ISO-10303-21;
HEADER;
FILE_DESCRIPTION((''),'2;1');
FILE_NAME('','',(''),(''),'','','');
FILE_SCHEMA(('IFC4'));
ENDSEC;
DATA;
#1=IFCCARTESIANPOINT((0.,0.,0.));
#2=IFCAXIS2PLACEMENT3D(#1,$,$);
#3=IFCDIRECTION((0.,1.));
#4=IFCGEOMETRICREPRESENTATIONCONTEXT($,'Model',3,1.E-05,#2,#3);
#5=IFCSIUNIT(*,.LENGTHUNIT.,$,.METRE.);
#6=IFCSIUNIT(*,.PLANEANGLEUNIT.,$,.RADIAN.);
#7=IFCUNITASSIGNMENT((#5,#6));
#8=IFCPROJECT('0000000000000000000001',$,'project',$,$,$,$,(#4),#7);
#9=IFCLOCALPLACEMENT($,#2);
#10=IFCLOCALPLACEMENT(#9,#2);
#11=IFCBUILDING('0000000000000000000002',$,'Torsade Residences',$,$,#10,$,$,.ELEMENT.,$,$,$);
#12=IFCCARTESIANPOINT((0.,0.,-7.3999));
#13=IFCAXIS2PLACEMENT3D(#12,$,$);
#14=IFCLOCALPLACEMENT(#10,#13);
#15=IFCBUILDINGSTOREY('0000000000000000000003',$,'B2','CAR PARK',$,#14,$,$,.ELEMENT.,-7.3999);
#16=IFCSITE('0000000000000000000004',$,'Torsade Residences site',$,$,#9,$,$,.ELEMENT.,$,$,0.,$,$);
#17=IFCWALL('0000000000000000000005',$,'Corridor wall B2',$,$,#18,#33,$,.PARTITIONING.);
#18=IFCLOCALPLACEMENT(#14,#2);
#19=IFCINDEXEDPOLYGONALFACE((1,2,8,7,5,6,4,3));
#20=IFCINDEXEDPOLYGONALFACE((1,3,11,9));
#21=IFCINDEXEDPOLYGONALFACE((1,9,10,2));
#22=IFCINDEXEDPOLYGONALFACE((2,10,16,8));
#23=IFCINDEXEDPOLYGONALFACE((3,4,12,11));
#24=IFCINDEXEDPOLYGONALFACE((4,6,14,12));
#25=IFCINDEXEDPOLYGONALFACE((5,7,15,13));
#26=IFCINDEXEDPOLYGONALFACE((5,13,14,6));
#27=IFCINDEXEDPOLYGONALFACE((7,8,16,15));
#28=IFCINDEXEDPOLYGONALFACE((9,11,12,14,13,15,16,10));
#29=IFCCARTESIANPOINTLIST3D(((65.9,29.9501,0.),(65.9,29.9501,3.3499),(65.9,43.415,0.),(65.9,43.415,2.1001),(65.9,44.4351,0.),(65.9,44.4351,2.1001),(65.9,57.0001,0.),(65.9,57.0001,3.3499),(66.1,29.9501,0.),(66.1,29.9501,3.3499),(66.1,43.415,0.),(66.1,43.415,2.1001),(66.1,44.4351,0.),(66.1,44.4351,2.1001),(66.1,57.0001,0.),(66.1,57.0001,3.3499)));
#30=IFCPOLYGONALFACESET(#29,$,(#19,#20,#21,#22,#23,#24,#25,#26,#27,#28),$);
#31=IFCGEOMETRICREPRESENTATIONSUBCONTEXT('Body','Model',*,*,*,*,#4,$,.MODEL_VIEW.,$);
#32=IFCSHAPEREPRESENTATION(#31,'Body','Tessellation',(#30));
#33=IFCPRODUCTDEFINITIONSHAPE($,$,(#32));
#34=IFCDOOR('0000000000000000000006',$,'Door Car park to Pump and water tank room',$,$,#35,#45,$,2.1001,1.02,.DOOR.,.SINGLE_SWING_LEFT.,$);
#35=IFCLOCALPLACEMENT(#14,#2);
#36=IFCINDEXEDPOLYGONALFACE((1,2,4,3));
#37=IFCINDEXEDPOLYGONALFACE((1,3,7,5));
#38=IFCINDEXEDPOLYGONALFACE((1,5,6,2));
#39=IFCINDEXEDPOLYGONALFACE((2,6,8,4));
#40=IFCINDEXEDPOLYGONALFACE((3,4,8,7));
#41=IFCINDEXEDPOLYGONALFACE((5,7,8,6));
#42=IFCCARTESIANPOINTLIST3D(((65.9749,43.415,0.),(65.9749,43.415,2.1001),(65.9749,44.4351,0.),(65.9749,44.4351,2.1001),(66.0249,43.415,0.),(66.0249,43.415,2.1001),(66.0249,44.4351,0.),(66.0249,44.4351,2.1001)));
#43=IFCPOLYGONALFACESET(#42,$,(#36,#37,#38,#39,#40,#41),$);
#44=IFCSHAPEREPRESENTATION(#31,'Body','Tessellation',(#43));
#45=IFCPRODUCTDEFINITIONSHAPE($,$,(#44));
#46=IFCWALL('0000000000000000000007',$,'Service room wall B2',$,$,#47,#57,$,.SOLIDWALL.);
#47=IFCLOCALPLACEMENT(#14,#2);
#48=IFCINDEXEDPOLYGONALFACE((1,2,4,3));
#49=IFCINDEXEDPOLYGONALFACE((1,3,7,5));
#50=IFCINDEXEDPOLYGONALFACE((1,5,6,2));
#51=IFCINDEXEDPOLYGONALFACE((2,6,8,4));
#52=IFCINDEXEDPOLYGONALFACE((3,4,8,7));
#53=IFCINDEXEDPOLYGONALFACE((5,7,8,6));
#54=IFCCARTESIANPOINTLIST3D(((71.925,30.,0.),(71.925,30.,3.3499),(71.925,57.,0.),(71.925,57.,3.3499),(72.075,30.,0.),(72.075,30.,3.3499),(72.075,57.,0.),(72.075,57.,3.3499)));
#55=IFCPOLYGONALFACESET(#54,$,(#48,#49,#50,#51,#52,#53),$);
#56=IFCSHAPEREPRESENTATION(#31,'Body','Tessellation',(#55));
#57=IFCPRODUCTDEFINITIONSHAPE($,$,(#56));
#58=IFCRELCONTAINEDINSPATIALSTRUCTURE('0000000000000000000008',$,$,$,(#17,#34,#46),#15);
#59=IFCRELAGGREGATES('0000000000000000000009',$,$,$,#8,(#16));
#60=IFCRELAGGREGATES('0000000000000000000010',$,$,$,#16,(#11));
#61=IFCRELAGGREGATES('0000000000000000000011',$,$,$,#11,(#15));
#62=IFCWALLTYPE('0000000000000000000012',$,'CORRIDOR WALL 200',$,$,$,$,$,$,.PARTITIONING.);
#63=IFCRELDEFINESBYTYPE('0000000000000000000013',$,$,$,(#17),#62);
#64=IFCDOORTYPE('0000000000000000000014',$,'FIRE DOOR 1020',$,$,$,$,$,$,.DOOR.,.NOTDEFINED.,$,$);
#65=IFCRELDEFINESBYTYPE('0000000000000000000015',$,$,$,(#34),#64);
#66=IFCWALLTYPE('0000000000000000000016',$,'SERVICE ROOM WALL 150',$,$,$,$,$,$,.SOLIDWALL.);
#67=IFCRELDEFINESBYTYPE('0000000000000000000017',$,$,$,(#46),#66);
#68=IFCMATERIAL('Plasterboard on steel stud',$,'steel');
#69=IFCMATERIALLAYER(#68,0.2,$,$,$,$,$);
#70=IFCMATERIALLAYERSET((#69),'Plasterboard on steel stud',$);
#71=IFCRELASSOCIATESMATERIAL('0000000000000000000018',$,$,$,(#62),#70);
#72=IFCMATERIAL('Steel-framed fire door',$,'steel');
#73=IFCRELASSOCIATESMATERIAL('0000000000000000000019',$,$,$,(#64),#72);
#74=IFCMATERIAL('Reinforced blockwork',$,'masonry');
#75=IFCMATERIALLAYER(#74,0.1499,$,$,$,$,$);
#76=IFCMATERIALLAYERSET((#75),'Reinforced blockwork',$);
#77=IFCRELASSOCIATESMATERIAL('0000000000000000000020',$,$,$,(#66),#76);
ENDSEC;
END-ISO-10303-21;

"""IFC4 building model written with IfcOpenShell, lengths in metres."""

from ifc_helpers import new_model, si_unit, direction, frame, frame_2d, origin, place, context, subcontext, project, spatial, rectangle, extrude, material, layer, layer_set, type_object, element, fill, save


model = new_model("IFC4")

# Units and contexts
model_context = context("Model", 3, precision=1e-05, world=origin(), true_north=direction((0.0, 1.0)))
body_context = subcontext(model_context, "Body", "Model", "MODEL_VIEW")
ifc_project = project(units=[si_unit("LENGTHUNIT", "METRE"), si_unit("PLANEANGLEUNIT", "RADIAN")], contexts=[model_context])

# Site, building, storey
site_placement = place(None, origin())
site = spatial("IfcSite", under=ifc_project, at=site_placement, Name="Torsade Residences site", CompositionType="ELEMENT", RefElevation=0.0)
building_placement = place(site_placement, origin())
building = spatial("IfcBuilding", under=site, at=building_placement, Name="Torsade Residences", CompositionType="ELEMENT")
storey_placement = place(building_placement, frame((0.0, 0.0, -7.3999)))
storey = spatial("IfcBuildingStorey", under=building, at=storey_placement, Name="B2", Description="CAR PARK", CompositionType="ELEMENT", Elevation=-7.3999)

# Wall, opening, door
ifc_material_1 = material(Name="Plasterboard on steel stud", Category="steel")
ifc_layer_1 = layer(ifc_material_1, 0.2)
ifc_layer_set_1 = layer_set([ifc_layer_1], Name="Plasterboard on steel stud")
wall_type_1 = type_object("IfcWallType", Name="CORRIDOR WALL 200", PredefinedType="PARTITIONING", material=ifc_layer_set_1)
wall_1_placement = place(storey_placement, frame((66.0, 57.0, 0.0), z_axis=(0.0, 0.0, 1.0), x_axis=(0.0, -1.0, 0.0)))
wall_1 = element("IfcWall", 1, at=wall_1_placement, inside=storey, type_object=wall_type_1, Name="Corridor wall B2", PredefinedType="PARTITIONING", context=body_context, shape_type="SweptSolid", body=[
    extrude(rectangle(XDim=27.05, YDim=0.2, at=frame_2d((13.5249, 0.0))), origin(), (0.0, 0.0, 1.0), 3.3499),
])
opening_placement = place(wall_1_placement, frame((12.5649, 0.0, 0.0)))
opening = element("IfcOpeningElement", 2, at=opening_placement, cuts=wall_1, PredefinedType="OPENING", context=body_context, shape_type="SweptSolid", body=[
    extrude(rectangle(XDim=1.02, YDim=2.1001, at=frame_2d((0.51, 1.05))), frame((0.0, 0.1099, 0.0), z_axis=(0.0, -1.0, 0.0), x_axis=(1.0, 0.0, 0.0)), (0.0, 0.0, 1.0), 0.22),
])
ifc_material_2 = material(Name="Steel-framed fire door", Category="steel")
door_type = type_object("IfcDoorType", Name="FIRE DOOR 1020", OperationType="NOTDEFINED", PredefinedType="DOOR", material=ifc_material_2)
door_placement = place(opening_placement, origin())
door = element("IfcDoor", 3, at=door_placement, inside=storey, type_object=door_type, Name="Door Car park to Pump and water tank room", OperationType="SINGLE_SWING_LEFT", OverallHeight=2.1001, OverallWidth=1.02, PredefinedType="DOOR", context=body_context, shape_type="SweptSolid", body=[
    extrude(rectangle(XDim=1.02, YDim=2.1001, at=frame_2d((0.51, 1.05))), frame((0.0, 0.0249, 0.0), z_axis=(0.0, -1.0, 0.0), x_axis=(1.0, 0.0, 0.0)), (0.0, 0.0, 1.0), 0.05),
])
fill(opening, door)

# Wall
ifc_material_3 = material(Name="Reinforced blockwork", Category="masonry")
ifc_layer_2 = layer(ifc_material_3, 0.1499)
ifc_layer_set_2 = layer_set([ifc_layer_2], Name="Reinforced blockwork")
wall_type_2 = type_object("IfcWallType", Name="SERVICE ROOM WALL 150", PredefinedType="SOLIDWALL", material=ifc_layer_set_2)
wall_2_placement = place(storey_placement, frame((72.0, 57.0, 0.0), z_axis=(0.0, 0.0, 1.0), x_axis=(0.0, -1.0, 0.0)))
element("IfcWall", 4, at=wall_2_placement, inside=storey, type_object=wall_type_2, Name="Service room wall B2", PredefinedType="SOLIDWALL", context=body_context, shape_type="SweptSolid", body=[
    extrude(rectangle(XDim=27.0, YDim=0.1499, at=frame_2d((13.5, 0.0))), origin(), (0.0, 0.0, 1.0), 3.3499),
])

save(model, "model.ifc")
